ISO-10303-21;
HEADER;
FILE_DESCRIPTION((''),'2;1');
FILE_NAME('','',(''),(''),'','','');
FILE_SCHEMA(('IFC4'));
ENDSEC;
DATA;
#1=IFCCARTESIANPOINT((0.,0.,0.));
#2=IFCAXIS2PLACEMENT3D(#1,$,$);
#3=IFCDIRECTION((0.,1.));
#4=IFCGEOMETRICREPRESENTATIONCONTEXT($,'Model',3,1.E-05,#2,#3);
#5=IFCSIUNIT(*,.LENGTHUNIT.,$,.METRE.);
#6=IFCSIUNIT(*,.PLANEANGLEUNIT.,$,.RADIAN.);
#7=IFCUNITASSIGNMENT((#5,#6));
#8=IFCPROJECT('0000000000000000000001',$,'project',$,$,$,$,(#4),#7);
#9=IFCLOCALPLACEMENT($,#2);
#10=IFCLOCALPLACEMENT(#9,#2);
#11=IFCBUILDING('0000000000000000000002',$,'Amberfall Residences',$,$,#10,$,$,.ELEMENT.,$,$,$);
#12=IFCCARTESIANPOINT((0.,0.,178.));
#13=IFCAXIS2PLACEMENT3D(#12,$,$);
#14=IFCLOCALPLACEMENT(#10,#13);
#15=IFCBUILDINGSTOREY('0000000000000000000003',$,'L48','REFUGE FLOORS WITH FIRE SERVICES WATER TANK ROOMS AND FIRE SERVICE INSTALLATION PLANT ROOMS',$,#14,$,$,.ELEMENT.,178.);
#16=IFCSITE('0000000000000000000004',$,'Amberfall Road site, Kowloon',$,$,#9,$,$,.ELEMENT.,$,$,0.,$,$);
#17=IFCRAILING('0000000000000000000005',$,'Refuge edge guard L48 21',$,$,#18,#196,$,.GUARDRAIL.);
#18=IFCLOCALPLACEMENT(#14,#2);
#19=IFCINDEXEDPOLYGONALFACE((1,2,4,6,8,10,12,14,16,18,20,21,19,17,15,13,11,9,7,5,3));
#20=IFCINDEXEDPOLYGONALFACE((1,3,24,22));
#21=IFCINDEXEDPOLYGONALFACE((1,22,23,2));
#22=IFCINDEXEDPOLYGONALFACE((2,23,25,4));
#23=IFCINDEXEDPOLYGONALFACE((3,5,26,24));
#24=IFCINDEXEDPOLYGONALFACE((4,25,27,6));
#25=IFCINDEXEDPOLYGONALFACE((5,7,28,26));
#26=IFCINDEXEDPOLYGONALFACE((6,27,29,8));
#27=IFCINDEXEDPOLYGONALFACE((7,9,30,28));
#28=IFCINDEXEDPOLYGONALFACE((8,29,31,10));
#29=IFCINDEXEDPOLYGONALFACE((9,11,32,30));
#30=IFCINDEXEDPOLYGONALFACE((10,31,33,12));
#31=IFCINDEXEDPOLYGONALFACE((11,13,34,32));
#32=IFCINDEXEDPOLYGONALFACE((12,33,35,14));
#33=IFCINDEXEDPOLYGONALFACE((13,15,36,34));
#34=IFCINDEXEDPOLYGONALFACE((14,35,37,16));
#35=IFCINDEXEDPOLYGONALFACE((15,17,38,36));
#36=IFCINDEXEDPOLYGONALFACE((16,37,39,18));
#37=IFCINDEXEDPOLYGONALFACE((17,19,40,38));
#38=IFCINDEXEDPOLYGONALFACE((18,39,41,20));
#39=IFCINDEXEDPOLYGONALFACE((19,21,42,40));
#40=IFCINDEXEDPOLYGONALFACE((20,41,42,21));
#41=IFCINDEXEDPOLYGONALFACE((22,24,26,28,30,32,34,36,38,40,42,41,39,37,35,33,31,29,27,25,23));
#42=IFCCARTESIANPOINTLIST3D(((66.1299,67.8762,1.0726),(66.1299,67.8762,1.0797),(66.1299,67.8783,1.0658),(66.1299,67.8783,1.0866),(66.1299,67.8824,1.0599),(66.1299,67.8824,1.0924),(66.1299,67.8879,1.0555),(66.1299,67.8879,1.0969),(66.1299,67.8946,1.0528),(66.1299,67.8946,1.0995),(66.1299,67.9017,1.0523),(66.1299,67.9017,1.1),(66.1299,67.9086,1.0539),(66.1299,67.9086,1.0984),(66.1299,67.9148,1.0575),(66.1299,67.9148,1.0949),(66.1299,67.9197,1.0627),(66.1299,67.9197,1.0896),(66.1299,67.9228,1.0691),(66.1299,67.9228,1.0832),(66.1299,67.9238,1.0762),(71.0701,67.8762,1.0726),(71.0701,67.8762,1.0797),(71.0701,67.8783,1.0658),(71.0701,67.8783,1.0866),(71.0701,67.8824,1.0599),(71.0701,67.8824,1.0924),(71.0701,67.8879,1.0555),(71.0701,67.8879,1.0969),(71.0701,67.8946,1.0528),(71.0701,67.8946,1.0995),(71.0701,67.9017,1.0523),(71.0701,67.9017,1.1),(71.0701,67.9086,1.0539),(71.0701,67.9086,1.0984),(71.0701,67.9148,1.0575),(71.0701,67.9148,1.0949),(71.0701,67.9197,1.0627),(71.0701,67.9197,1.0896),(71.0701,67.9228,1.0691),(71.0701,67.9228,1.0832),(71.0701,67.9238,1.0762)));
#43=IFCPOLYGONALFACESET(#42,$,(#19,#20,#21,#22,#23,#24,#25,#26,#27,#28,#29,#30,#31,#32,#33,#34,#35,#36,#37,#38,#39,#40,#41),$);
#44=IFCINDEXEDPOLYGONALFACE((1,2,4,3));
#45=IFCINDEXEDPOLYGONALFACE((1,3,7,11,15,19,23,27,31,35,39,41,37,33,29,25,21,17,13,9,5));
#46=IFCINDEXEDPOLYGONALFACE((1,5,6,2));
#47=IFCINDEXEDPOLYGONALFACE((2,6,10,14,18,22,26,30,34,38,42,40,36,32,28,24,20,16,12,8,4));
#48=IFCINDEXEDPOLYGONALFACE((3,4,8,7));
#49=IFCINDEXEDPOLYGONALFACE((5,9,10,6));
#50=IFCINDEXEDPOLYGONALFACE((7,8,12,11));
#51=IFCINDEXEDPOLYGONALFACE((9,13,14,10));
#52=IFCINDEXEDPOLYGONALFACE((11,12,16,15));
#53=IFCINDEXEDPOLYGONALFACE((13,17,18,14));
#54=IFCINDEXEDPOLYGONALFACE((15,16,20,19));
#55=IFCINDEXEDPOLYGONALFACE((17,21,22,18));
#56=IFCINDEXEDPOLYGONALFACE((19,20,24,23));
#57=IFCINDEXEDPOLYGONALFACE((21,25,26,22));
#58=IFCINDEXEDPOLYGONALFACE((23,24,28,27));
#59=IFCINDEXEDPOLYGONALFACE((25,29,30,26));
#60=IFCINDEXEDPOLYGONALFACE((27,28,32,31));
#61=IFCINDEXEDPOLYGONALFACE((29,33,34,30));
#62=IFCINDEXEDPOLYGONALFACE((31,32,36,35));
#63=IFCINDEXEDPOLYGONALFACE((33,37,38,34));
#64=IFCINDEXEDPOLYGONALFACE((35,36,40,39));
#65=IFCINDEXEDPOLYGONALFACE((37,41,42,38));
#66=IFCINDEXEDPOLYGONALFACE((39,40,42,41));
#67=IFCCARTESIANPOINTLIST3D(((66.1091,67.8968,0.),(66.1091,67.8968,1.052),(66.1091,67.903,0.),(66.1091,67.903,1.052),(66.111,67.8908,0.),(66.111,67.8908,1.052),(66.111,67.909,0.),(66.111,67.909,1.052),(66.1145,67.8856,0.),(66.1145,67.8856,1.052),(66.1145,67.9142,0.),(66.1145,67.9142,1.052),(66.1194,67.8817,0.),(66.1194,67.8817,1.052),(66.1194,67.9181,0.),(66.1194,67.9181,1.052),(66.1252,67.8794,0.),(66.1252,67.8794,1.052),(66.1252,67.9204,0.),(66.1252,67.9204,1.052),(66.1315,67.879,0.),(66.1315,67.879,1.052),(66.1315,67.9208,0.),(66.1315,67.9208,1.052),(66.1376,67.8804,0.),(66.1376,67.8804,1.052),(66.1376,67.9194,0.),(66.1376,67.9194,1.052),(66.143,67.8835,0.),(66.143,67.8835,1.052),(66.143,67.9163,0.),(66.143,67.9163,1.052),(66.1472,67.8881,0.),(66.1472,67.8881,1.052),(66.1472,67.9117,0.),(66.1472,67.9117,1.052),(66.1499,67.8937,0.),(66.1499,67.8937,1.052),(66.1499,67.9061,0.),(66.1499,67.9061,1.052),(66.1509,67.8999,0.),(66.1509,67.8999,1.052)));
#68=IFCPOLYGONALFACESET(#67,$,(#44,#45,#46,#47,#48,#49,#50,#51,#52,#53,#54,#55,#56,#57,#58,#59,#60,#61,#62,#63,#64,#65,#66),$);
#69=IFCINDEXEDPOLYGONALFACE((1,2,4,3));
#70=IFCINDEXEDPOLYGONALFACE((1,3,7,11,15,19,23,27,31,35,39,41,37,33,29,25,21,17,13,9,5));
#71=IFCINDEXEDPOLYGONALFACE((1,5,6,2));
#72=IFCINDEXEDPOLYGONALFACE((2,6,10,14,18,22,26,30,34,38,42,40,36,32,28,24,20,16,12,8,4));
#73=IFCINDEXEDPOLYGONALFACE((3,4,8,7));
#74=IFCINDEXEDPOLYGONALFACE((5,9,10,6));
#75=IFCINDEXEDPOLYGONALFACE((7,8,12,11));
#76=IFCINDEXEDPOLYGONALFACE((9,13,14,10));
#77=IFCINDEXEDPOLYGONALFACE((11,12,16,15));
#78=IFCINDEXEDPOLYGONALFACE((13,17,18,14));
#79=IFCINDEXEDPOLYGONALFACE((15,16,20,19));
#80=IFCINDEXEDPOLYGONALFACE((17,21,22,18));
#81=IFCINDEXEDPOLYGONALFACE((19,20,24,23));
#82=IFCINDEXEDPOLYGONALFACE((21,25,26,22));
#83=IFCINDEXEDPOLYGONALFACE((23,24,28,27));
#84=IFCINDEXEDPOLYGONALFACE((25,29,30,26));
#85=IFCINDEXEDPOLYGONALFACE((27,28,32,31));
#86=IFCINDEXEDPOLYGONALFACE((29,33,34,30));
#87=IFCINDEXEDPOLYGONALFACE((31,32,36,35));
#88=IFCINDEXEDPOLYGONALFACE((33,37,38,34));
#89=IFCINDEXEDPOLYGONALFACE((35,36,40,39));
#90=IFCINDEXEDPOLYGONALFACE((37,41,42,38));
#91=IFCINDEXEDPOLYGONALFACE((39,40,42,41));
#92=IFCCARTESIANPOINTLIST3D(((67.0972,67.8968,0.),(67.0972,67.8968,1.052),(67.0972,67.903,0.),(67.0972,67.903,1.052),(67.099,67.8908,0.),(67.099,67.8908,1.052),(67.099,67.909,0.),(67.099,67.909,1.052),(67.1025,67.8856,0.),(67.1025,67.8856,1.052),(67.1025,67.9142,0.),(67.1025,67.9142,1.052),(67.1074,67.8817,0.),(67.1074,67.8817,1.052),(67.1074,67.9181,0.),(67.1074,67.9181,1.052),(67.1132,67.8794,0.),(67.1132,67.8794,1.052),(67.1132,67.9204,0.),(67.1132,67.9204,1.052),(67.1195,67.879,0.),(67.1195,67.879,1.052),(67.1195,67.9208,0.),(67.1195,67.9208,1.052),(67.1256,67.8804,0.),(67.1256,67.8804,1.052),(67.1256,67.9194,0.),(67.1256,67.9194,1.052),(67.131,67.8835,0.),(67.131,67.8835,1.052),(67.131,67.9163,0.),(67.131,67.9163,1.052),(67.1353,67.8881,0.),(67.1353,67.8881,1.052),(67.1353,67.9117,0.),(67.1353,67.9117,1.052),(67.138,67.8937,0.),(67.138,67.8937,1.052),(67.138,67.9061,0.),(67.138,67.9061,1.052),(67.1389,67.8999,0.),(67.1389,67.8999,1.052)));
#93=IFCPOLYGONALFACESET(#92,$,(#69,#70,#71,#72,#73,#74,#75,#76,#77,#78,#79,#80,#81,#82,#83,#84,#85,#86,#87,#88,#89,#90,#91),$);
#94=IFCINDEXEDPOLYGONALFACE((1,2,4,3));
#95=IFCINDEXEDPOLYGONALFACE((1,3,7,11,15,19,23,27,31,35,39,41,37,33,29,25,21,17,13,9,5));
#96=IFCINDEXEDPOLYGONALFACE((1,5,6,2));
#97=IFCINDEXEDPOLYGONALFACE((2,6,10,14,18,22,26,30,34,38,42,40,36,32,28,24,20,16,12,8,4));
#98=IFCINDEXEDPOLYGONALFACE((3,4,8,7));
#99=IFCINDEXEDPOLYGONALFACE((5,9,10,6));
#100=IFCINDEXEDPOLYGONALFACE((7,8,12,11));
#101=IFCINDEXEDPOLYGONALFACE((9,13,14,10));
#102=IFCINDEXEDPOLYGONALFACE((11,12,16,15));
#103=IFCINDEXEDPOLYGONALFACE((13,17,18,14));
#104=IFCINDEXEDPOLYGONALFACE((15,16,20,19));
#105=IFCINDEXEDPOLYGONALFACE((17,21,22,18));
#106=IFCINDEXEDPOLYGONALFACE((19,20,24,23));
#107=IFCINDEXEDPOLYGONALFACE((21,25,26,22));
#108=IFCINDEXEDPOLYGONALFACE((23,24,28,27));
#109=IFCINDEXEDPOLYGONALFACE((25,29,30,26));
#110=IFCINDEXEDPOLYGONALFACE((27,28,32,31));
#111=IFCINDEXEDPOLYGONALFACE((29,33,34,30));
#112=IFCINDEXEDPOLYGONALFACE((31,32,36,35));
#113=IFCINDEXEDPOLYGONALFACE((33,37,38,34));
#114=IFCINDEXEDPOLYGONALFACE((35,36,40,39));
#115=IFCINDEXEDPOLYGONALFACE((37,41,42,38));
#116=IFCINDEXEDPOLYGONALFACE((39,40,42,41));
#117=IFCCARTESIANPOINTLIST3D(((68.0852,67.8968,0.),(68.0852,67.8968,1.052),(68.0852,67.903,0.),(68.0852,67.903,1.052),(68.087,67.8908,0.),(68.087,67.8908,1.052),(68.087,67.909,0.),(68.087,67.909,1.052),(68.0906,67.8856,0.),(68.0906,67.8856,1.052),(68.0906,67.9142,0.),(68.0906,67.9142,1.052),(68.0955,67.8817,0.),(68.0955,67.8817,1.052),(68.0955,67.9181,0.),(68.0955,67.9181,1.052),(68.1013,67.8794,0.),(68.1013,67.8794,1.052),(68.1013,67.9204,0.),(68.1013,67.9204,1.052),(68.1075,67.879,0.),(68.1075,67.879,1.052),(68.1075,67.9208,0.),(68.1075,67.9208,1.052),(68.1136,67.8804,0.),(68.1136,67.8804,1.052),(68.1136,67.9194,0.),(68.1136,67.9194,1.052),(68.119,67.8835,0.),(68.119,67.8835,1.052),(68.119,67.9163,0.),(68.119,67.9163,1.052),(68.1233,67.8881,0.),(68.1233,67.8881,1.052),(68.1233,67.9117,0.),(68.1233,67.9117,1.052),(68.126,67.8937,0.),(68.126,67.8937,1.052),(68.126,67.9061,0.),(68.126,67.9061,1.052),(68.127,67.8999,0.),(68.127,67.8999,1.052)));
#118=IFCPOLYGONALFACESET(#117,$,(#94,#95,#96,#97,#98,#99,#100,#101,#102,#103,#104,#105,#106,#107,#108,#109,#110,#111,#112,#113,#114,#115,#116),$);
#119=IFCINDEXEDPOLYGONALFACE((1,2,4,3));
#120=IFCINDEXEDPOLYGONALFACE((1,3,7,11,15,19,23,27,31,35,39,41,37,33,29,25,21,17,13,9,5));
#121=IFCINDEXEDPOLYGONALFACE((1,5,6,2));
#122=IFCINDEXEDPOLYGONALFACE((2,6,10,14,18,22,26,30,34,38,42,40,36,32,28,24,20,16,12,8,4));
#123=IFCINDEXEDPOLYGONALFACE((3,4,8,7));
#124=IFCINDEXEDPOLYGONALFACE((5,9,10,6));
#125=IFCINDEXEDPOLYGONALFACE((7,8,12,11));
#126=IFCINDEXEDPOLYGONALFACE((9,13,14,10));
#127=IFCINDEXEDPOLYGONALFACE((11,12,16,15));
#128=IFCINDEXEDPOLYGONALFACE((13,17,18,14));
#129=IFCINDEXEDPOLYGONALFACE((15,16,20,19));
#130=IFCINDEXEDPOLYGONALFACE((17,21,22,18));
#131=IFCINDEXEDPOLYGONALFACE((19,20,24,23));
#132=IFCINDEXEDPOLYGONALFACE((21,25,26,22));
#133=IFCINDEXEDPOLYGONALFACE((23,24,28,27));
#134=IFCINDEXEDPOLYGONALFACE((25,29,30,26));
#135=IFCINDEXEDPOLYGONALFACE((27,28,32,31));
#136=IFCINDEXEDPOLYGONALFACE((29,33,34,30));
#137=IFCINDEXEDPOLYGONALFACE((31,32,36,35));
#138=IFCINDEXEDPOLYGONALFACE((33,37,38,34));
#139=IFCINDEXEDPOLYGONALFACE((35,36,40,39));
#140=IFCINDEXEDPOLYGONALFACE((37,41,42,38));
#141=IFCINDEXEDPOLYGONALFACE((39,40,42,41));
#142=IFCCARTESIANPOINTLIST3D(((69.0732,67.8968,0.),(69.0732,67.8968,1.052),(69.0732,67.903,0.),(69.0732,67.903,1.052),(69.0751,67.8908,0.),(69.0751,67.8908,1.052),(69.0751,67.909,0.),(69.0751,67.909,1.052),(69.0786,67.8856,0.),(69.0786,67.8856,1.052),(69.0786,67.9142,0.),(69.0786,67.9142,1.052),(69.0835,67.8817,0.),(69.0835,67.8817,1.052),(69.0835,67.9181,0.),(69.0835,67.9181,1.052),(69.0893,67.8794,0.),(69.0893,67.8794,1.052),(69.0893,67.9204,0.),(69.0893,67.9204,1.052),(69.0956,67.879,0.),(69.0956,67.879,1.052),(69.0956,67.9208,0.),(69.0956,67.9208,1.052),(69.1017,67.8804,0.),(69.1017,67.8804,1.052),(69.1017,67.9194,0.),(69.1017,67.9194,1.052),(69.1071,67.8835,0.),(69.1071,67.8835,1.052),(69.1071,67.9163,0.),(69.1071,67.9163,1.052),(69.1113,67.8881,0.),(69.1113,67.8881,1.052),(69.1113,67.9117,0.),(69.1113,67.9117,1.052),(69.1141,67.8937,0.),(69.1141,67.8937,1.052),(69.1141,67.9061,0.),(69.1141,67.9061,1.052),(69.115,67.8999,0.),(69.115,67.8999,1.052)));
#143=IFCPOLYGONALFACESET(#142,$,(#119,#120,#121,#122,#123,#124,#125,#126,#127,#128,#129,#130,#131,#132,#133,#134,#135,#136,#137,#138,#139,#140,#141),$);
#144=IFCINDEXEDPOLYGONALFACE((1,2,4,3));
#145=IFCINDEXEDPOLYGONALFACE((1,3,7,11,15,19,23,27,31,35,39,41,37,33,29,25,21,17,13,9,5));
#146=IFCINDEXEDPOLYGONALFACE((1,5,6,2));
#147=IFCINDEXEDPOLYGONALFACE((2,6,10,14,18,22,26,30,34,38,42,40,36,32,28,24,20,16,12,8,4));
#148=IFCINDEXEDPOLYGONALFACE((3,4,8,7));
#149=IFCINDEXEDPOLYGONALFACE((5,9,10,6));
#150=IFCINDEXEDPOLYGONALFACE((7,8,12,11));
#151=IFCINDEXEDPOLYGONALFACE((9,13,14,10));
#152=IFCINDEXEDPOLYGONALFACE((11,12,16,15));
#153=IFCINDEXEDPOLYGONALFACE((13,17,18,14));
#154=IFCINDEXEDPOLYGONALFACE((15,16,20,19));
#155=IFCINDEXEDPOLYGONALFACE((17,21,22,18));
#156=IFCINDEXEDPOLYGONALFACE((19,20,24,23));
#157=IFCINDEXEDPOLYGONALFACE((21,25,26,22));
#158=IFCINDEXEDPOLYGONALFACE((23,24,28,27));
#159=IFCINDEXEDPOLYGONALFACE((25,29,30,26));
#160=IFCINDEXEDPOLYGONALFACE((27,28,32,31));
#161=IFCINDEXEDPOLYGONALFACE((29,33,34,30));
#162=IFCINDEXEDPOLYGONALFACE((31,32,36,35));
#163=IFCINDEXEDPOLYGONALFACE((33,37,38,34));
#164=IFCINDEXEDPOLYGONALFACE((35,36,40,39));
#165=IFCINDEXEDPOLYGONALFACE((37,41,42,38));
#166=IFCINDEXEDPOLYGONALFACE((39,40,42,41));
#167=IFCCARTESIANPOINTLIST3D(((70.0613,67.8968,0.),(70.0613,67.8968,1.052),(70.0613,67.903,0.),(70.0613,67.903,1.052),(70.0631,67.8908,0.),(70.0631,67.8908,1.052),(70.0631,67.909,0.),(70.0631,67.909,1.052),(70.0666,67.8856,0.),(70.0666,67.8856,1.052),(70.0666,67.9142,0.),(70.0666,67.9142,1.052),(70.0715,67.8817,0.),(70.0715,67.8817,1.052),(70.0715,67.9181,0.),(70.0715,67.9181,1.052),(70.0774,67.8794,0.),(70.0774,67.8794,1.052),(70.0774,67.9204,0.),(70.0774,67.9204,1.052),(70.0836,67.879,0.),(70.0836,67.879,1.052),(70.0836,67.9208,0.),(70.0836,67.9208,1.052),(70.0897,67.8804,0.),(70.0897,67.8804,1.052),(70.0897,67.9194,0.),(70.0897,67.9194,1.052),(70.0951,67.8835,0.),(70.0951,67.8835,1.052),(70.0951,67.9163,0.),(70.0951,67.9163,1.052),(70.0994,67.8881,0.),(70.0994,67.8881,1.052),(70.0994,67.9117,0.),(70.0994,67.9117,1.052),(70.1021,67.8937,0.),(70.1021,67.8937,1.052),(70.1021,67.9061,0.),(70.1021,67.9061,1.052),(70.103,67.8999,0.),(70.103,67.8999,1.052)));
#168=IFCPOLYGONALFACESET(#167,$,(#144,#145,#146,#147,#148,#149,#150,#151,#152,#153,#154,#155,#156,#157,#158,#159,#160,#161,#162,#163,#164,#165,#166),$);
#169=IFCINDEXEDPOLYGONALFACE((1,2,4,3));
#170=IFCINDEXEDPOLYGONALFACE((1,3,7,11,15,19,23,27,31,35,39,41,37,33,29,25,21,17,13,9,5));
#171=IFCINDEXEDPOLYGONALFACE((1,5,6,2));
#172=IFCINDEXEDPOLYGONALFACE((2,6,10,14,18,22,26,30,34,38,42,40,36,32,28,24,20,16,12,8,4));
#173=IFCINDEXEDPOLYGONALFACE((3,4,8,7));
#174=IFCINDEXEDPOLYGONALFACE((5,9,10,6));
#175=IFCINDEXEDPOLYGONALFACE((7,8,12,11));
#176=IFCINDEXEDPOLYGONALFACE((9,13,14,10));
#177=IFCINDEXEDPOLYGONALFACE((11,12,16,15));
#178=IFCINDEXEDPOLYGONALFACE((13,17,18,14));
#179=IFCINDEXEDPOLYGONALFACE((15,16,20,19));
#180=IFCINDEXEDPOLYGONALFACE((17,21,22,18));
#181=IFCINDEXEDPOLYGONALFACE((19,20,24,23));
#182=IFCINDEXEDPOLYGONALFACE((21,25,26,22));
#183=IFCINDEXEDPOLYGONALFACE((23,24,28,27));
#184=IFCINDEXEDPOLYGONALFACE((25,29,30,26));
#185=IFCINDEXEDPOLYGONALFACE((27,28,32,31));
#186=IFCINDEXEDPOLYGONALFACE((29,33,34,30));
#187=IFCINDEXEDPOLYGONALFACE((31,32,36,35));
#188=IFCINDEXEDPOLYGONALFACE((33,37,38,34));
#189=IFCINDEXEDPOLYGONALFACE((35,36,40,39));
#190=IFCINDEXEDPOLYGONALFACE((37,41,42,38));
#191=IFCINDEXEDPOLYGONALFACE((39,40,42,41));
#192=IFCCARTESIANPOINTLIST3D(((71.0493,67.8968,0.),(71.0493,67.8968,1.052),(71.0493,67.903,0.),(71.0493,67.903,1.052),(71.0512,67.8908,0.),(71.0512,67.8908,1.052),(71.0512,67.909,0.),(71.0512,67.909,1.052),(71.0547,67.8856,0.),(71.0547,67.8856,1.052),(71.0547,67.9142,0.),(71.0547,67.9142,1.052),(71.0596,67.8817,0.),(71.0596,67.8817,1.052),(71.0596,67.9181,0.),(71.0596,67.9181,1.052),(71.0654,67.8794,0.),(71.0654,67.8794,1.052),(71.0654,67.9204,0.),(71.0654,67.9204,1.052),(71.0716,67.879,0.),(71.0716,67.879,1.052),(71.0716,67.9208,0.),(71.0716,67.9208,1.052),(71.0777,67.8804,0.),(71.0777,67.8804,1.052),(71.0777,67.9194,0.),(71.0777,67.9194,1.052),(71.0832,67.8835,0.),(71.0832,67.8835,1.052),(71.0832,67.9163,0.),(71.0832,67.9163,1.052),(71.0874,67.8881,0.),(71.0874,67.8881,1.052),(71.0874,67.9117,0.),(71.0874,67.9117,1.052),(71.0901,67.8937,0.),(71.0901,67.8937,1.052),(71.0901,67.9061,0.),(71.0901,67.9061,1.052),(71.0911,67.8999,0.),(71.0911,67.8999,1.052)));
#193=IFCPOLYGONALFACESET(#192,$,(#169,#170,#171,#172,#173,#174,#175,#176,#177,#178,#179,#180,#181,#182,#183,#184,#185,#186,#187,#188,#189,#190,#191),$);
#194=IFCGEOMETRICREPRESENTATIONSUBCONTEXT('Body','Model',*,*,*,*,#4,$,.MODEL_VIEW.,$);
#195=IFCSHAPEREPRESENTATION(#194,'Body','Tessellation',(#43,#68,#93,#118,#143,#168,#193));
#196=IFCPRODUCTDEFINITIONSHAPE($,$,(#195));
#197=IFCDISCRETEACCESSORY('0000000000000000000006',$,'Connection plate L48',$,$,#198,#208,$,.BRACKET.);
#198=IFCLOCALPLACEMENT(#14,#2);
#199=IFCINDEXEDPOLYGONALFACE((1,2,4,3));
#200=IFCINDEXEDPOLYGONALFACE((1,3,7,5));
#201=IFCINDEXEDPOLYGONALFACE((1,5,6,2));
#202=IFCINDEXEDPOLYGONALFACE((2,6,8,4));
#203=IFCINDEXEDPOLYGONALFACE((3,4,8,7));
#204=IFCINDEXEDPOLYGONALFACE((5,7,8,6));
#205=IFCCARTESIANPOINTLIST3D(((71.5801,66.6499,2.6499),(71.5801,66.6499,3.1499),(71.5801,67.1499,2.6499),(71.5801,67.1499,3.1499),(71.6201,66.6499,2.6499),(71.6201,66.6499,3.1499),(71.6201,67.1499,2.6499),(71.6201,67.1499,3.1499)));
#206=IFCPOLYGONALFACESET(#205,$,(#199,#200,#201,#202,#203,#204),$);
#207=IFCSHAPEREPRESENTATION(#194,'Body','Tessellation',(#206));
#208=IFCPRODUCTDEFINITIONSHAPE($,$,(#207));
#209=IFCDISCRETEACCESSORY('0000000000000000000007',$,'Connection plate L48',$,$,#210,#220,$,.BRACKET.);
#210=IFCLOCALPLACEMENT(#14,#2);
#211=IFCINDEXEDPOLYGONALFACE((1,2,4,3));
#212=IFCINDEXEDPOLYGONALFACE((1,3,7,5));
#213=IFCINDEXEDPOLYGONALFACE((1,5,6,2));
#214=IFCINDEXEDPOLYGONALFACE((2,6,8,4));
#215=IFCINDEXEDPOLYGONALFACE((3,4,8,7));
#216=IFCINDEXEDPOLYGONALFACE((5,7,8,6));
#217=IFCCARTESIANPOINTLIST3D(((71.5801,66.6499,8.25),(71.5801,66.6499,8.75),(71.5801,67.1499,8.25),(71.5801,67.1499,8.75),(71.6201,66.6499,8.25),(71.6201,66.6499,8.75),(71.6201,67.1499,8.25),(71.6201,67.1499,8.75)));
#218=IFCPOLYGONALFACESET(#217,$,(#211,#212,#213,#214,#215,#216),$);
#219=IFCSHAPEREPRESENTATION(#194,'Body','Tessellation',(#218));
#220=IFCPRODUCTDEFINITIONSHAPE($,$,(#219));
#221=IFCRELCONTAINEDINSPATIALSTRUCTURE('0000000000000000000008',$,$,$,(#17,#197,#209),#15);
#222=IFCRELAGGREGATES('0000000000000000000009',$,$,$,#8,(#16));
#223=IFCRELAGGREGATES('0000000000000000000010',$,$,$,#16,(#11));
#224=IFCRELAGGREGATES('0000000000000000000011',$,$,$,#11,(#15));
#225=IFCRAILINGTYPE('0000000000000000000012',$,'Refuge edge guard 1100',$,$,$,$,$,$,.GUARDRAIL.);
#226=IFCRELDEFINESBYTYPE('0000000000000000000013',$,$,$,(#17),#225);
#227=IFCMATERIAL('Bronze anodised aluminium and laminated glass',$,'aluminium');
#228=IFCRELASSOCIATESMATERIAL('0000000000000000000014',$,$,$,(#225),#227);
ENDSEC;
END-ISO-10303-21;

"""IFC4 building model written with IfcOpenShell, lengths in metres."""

from ifc_helpers import new_model, si_unit, direction, frame, origin, origin_2d, place, context, subcontext, project, spatial, rectangle, circle, extrude, material, type_object, element, save


model = new_model("IFC4")

# Units and contexts
model_context = context("Model", 3, precision=1e-05, world=origin(), true_north=direction((0.0, 1.0)))
body_context = subcontext(model_context, "Body", "Model", "MODEL_VIEW")
ifc_project = project(units=[si_unit("LENGTHUNIT", "METRE"), si_unit("PLANEANGLEUNIT", "RADIAN")], contexts=[model_context])

# Site, building, storey
site_placement = place(None, origin())
site = spatial("IfcSite", under=ifc_project, at=site_placement, Name="Amberfall Road site, Kowloon", CompositionType="ELEMENT", RefElevation=0.0)
building_placement = place(site_placement, origin())
building = spatial("IfcBuilding", under=site, at=building_placement, Name="Amberfall Residences", CompositionType="ELEMENT")
storey_placement = place(building_placement, frame((0.0, 0.0, 178.0)))
storey = spatial("IfcBuildingStorey", under=building, at=storey_placement, Name="L48", Description="REFUGE FLOORS WITH FIRE SERVICES WATER TANK ROOMS AND FIRE SERVICE INSTALLATION PLANT ROOMS", CompositionType="ELEMENT", Elevation=178.0)

# Railing
ifc_material_1 = material(Name="Bronze anodised aluminium and laminated glass", Category="aluminium")
railing_type = type_object("IfcRailingType", Name="Refuge edge guard 1100", PredefinedType="GUARDRAIL", material=ifc_material_1)
railing_placement = place(storey_placement, frame((66.1299, 67.8999, 0.0)))
element("IfcRailing", 1, at=railing_placement, inside=storey, type_object=railing_type, Name="Refuge edge guard L48 21", PredefinedType="GUARDRAIL", context=body_context, shape_type="SweptSolid", body=[
    extrude(circle(Radius=0.0239, at=origin_2d()), frame((0.0, 0.0, 1.0762), z_axis=(1.0, 0.0, 0.0), x_axis=(0.0, 1.0, 0.0)), (0.0, 0.0, 1.0), 4.9402),
    extrude(circle(Radius=0.021, at=origin_2d()), origin(), (0.0, 0.0, 1.0), 1.052),
    extrude(circle(Radius=0.021, at=origin_2d()), frame((0.988, 0.0, 0.0)), (0.0, 0.0, 1.0), 1.052),
    extrude(circle(Radius=0.021, at=origin_2d()), frame((1.9761, 0.0, 0.0)), (0.0, 0.0, 1.0), 1.052),
    extrude(circle(Radius=0.021, at=origin_2d()), frame((2.9641, 0.0, 0.0)), (0.0, 0.0, 1.0), 1.052),
    extrude(circle(Radius=0.021, at=origin_2d()), frame((3.9521, 0.0, 0.0)), (0.0, 0.0, 1.0), 1.052),
    extrude(circle(Radius=0.021, at=origin_2d()), frame((4.9402, 0.0, 0.0)), (0.0, 0.0, 1.0), 1.052),
])

# Discrete accessories
for number, where, z_axis, x_axis, name in (
    (2, (71.6001, 66.8999, 2.6499), (0.0, 0.0, 1.0), (0.0, 1.0, 0.0), "Connection plate L48"),
    (3, (71.6001, 66.8999, 8.25), (0.0, 0.0, 1.0), (0.0, 1.0, 0.0), "Connection plate L48"),
):
    element("IfcDiscreteAccessory", number, at=place(storey_placement, frame(where, z_axis=z_axis, x_axis=x_axis)), inside=storey, Name=name, PredefinedType="BRACKET", context=body_context, shape_type="SweptSolid", body=[
        extrude(rectangle(XDim=0.5, YDim=0.04, at=origin_2d()), origin(), (0.0, 0.0, 1.0), 0.5),
    ])

save(model, "model.ifc")
